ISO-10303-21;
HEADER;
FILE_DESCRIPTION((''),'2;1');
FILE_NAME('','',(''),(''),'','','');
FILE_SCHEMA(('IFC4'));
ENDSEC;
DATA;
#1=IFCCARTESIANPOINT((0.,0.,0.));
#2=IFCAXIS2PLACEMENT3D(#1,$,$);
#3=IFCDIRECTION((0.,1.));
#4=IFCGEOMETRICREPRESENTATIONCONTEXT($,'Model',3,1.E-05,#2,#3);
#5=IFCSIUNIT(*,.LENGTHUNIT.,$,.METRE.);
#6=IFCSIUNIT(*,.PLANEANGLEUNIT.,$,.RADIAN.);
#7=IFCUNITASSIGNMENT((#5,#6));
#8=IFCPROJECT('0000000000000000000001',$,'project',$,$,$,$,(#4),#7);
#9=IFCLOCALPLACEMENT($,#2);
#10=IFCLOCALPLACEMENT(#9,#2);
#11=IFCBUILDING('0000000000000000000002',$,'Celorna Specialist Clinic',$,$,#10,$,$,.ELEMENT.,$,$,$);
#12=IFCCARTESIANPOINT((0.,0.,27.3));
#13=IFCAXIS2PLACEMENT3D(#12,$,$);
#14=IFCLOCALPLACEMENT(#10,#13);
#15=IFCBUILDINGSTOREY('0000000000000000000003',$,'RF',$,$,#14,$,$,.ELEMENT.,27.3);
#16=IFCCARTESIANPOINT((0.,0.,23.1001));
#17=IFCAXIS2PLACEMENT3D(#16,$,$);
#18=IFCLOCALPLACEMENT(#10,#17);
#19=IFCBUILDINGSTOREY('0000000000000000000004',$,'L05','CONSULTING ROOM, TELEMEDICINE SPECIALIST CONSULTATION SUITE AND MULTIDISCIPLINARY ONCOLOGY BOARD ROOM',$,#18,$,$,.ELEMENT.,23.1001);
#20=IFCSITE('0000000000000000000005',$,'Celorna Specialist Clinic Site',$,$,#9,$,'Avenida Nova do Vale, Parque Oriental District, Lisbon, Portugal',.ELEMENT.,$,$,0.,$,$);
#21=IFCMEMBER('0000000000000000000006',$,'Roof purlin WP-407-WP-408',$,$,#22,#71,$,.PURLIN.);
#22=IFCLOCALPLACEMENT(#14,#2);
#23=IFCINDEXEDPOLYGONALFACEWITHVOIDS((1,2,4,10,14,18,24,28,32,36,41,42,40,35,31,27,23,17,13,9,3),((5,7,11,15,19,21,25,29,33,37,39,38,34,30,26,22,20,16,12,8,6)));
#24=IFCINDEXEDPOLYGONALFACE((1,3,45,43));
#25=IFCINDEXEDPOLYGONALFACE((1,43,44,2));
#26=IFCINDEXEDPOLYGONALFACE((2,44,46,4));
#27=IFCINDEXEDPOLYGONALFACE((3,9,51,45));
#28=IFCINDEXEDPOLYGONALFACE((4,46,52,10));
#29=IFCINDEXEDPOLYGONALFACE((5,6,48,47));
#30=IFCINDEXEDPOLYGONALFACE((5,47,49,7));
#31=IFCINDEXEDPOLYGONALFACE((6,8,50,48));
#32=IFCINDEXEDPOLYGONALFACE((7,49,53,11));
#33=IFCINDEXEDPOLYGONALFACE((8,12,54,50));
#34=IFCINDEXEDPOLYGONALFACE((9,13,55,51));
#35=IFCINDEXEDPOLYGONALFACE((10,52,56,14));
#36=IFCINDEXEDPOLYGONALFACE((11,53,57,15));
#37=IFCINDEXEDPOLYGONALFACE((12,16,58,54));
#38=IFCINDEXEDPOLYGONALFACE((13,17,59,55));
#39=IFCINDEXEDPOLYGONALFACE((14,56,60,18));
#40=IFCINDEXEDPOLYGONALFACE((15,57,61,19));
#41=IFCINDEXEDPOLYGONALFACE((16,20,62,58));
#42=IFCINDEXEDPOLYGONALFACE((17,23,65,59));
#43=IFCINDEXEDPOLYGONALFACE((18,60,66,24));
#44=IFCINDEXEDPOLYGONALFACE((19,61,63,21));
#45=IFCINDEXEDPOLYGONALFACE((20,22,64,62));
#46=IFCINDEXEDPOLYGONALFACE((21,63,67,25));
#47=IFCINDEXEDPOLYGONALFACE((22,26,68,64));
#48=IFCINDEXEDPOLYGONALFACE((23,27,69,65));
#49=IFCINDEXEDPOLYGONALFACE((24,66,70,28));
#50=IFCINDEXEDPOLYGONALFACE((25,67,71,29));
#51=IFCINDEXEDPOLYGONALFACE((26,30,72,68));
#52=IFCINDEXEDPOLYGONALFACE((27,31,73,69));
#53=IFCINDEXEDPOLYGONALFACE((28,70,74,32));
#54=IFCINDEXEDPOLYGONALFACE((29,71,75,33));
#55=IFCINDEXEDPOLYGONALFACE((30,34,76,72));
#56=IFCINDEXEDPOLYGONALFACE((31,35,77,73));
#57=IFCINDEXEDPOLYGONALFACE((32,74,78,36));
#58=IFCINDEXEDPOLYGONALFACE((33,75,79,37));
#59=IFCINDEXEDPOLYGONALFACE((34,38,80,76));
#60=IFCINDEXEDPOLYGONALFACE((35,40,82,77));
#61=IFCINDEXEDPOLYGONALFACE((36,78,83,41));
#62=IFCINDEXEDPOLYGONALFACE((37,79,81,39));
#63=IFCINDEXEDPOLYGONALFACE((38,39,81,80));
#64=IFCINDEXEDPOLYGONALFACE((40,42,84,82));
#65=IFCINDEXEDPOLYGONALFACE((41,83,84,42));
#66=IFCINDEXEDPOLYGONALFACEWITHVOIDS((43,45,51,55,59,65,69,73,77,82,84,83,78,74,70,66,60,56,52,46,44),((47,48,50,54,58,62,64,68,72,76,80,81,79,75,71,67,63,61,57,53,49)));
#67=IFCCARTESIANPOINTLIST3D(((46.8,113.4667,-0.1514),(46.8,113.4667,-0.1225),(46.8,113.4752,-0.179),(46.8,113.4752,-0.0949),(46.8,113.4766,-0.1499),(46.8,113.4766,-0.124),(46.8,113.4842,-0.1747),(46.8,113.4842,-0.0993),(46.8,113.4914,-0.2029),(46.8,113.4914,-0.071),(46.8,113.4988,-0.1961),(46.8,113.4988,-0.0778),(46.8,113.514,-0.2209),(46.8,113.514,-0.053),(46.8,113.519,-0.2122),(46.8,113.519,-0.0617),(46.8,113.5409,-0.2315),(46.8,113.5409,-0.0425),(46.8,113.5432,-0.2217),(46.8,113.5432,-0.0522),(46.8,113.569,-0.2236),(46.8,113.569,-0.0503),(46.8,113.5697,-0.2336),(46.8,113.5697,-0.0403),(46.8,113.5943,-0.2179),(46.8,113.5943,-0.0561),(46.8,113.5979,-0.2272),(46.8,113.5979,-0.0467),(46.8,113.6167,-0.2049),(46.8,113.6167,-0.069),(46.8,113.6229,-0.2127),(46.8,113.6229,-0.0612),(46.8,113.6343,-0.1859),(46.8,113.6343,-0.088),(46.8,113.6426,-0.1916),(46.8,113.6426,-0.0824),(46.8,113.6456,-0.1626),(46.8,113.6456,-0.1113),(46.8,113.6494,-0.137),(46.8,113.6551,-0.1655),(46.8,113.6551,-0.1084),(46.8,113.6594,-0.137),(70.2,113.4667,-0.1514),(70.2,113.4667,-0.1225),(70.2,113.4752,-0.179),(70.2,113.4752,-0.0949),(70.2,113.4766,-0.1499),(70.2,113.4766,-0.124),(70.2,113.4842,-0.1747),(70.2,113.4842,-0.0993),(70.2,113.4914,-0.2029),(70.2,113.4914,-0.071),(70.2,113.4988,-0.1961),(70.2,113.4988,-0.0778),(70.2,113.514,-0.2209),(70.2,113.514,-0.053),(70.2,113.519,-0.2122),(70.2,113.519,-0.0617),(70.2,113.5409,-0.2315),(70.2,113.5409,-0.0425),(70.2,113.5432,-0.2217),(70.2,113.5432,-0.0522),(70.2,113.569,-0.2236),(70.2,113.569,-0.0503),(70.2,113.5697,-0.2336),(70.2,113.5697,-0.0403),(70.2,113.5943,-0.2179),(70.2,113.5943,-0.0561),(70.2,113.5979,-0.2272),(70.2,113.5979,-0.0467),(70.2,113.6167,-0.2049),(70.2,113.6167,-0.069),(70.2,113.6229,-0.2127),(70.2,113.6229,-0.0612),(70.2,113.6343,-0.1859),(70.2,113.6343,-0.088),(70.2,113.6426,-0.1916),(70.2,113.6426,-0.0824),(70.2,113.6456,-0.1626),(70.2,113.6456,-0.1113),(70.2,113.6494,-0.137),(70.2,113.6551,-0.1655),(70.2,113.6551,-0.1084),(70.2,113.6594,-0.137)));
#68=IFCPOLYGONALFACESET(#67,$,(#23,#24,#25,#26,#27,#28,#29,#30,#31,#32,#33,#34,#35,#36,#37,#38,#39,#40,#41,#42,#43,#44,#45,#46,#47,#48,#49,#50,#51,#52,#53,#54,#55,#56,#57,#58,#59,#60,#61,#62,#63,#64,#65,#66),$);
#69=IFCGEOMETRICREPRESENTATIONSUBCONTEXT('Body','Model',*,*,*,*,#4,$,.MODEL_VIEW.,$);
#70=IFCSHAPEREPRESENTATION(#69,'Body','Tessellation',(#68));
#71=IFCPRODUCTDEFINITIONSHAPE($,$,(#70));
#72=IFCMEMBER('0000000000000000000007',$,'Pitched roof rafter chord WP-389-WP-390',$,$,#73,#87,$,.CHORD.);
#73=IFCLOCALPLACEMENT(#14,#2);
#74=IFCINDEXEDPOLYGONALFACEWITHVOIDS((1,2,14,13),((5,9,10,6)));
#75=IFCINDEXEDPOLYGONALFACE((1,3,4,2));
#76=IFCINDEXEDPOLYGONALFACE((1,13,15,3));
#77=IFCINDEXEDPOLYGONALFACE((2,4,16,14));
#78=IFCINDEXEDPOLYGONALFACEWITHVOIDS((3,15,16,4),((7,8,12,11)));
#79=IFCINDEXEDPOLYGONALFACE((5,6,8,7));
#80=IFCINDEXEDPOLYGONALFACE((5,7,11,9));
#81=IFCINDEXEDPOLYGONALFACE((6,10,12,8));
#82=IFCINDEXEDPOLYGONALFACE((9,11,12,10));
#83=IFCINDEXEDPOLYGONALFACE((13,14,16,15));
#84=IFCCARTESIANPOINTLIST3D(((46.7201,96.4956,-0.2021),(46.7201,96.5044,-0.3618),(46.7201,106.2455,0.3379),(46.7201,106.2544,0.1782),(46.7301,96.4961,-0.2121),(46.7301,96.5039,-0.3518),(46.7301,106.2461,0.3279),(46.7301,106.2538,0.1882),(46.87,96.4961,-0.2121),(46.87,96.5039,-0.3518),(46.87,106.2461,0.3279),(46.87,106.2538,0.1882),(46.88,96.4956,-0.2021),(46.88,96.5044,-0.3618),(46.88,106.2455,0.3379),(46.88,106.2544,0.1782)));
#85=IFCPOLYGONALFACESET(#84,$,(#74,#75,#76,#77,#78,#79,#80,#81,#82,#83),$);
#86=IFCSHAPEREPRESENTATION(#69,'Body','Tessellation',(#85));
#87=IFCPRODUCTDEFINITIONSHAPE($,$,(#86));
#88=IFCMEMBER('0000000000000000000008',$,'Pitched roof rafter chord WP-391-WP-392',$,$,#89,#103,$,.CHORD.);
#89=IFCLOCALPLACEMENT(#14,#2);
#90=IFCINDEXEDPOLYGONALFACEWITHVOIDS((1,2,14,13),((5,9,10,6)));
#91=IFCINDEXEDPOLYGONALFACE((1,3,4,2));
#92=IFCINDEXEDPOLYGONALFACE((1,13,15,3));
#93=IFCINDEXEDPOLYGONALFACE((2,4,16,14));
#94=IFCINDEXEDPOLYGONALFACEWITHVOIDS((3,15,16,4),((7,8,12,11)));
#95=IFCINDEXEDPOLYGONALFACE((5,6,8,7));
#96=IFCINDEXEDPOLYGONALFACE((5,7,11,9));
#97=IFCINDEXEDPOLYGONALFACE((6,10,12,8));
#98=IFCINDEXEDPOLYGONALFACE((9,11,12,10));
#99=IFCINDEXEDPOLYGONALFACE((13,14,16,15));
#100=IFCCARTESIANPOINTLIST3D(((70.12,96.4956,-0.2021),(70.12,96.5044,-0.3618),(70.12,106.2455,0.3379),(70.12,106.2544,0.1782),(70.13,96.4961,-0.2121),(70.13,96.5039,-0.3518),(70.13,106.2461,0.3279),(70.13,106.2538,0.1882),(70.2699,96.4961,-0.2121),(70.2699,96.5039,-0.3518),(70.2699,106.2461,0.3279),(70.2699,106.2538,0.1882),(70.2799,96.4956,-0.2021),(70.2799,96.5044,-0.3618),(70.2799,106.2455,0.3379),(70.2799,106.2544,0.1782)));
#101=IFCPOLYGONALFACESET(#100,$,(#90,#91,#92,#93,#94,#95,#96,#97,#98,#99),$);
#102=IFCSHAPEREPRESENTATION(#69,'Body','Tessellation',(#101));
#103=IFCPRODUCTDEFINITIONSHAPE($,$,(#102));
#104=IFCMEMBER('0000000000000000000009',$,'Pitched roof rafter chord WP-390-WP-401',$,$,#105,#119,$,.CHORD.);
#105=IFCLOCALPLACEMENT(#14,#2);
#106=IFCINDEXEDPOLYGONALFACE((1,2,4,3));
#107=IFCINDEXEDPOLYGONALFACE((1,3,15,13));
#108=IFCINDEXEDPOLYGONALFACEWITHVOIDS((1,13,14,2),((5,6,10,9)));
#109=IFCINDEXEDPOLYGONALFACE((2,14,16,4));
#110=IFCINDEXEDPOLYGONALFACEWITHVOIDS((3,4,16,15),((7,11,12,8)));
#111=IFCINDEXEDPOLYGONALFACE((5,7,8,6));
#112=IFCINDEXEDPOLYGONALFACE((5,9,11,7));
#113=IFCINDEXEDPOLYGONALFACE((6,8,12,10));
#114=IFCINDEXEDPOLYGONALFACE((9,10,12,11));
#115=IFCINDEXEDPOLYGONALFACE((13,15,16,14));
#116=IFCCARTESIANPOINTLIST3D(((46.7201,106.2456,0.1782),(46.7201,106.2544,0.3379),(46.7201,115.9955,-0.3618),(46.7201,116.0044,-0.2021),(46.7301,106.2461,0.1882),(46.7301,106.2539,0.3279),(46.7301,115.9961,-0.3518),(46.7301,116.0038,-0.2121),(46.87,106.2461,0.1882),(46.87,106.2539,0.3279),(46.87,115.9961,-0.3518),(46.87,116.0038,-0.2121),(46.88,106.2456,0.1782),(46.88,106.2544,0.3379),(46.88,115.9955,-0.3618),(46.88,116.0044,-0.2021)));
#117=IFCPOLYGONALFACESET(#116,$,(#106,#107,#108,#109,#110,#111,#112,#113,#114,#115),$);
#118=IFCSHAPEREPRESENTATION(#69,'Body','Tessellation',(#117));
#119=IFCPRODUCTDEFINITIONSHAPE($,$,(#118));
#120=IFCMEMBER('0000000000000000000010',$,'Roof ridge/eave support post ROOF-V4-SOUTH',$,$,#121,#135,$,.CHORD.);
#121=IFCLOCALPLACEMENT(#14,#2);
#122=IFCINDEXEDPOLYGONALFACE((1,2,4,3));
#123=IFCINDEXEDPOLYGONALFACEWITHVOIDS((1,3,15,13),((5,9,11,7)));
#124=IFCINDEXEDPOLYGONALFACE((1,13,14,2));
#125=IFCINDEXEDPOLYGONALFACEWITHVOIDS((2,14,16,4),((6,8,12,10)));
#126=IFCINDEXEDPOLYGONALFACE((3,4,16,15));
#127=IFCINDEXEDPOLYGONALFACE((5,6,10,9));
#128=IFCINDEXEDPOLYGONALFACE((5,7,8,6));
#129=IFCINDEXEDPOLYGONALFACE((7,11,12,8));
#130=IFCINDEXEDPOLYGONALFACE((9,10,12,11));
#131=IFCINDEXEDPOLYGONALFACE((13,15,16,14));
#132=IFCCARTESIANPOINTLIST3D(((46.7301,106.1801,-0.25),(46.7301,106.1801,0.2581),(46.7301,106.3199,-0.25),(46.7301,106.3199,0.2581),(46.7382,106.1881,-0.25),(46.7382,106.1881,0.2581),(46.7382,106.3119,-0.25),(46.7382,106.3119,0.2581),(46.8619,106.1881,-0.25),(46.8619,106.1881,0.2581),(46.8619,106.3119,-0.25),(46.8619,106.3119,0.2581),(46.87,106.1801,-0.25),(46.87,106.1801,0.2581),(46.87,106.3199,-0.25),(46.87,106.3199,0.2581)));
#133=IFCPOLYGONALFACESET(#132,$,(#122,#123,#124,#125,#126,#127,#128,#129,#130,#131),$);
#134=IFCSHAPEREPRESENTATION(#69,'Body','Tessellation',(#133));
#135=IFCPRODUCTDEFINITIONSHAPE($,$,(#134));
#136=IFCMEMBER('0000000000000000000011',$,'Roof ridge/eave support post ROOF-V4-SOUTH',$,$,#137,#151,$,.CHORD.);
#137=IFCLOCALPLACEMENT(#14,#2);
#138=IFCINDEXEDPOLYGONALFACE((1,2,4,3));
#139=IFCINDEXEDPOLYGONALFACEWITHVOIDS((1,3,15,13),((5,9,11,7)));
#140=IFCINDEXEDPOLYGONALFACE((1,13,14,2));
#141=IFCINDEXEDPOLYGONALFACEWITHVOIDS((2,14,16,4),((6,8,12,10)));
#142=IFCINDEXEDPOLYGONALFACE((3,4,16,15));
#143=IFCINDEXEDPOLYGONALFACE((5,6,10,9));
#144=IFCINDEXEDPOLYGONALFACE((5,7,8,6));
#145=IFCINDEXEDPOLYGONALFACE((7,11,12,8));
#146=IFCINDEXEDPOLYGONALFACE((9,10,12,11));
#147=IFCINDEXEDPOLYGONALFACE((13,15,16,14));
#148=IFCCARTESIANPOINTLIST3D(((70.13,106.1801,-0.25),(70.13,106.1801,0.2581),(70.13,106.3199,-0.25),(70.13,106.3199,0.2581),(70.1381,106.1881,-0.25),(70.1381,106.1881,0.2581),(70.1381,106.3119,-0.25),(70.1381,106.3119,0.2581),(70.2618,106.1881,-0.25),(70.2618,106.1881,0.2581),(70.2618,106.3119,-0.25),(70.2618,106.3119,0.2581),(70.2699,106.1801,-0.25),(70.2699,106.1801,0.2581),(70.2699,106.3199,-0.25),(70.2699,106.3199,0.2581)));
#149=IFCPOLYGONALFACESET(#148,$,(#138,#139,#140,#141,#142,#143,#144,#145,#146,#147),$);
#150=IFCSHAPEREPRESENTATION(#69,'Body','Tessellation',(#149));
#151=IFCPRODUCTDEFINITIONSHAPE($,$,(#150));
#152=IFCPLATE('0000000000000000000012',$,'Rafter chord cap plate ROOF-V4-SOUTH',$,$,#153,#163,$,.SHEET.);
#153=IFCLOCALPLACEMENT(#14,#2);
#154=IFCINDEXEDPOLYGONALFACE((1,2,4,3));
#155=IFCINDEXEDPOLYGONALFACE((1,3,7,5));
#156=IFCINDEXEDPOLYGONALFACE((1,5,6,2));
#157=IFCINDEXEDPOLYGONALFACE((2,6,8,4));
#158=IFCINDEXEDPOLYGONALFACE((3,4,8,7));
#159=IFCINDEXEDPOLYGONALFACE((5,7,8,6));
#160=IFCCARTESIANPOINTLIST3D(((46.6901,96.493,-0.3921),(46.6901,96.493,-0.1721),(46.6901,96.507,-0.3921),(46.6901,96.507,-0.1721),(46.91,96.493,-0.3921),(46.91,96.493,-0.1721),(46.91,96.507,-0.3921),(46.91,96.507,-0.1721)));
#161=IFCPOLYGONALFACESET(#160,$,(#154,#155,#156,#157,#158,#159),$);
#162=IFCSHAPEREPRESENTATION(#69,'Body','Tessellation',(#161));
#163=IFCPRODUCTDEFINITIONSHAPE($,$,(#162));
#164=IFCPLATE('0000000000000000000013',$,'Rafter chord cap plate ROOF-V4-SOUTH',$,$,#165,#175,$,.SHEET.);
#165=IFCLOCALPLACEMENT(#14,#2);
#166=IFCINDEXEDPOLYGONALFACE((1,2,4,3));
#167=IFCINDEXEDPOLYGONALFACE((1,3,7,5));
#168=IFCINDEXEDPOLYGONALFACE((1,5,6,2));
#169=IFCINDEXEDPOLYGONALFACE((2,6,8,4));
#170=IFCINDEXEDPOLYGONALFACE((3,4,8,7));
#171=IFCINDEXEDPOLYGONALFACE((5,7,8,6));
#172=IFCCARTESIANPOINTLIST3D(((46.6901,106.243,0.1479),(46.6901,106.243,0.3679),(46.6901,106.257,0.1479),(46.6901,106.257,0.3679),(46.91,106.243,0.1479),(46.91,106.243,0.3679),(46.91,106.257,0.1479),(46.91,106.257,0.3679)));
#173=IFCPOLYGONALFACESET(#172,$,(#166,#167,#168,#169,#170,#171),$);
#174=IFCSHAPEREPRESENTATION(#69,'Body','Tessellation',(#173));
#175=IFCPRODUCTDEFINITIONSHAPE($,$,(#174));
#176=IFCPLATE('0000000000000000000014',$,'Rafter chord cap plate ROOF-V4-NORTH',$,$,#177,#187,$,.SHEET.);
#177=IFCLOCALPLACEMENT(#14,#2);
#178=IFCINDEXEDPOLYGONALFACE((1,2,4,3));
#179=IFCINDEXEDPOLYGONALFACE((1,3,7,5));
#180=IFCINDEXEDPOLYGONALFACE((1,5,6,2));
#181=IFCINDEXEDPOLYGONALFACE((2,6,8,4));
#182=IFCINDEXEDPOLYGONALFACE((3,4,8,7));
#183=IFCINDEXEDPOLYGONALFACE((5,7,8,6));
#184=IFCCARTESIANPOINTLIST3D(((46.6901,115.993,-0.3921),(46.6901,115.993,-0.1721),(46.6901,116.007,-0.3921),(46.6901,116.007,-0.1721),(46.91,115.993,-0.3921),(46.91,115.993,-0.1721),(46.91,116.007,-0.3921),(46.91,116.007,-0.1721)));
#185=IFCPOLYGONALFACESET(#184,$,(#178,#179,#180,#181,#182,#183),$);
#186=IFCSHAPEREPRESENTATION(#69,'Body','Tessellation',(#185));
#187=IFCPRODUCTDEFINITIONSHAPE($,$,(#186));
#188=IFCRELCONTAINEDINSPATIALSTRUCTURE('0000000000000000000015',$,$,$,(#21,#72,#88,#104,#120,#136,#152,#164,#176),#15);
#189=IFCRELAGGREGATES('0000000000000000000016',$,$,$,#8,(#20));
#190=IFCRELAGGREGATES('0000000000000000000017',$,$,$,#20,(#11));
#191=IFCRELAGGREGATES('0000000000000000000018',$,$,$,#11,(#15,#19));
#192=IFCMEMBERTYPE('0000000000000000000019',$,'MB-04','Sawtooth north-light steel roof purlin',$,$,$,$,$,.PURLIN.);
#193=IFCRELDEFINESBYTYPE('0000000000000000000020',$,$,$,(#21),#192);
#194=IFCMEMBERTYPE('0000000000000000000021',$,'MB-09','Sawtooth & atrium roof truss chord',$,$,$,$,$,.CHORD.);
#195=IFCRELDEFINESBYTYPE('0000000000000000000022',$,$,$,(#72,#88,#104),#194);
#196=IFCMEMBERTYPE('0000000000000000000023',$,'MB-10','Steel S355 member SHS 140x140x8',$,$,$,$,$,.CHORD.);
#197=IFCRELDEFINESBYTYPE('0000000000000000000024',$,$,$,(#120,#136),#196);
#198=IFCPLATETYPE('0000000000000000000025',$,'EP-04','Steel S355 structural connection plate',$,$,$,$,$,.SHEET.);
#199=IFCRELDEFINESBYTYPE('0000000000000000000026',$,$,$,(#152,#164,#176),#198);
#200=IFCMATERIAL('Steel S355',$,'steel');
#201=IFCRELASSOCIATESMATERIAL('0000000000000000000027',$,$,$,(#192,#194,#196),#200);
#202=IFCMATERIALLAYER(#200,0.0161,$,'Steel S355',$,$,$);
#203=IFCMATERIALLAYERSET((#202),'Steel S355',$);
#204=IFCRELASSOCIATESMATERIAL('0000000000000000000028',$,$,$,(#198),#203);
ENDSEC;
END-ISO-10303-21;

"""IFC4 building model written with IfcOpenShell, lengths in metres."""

from ifc_helpers import new_model, si_unit, direction, frame, origin, origin_2d, place, context, subcontext, project, spatial, rectangle, hollow_rectangle, hollow_circle, extrude, material, layer, layer_set, material_profile, profile_set, type_object, element, save


model = new_model("IFC4")

# Units and contexts
model_context = context("Model", 3, precision=1e-05, world=origin(), true_north=direction((0.0, 1.0)))
body_context = subcontext(model_context, "Body", "Model", "MODEL_VIEW")
ifc_project = project(units=[si_unit("LENGTHUNIT", "METRE"), si_unit("PLANEANGLEUNIT", "RADIAN")], contexts=[model_context])

# Site, building, storey
site_placement = place(None, origin())
site = spatial("IfcSite", under=ifc_project, at=site_placement, Name="Celorna Specialist Clinic Site", LongName="Avenida Nova do Vale, Parque Oriental District, Lisbon, Portugal", CompositionType="ELEMENT", RefElevation=0.0)
building_placement = place(site_placement, origin())
building = spatial("IfcBuilding", under=site, at=building_placement, Name="Celorna Specialist Clinic", CompositionType="ELEMENT")
storey_1_placement = place(building_placement, frame((0.0, 0.0, 27.3)))
storey_1 = spatial("IfcBuildingStorey", under=building, at=storey_1_placement, Name="RF", CompositionType="ELEMENT", Elevation=27.3)

# Shared definitions
ifc_material_1 = material(Name="Steel S355", Category="steel")

# Members
ifc_material_profile_1 = material_profile(ifc_material_1, hollow_circle(Radius=0.0969, WallThickness=0.01, at=origin_2d()), Name="CHS 193.7x10")
ifc_profile_set_1 = profile_set([ifc_material_profile_1], Name="Steel S355")
member_type_1 = type_object("IfcMemberType", Name="MB-04", Description="Sawtooth north-light steel roof purlin", PredefinedType="PURLIN", material=ifc_profile_set_1)
for number, where, z_axis, x_axis, name in (
    (1, (46.8, 113.5625, -0.137), (1.0, 0.0, 0.0), (0.0, 1.0, 0.0), "Roof purlin WP-407-WP-408"),
):
    element("IfcMember", number, at=place(storey_1_placement, frame(where, z_axis=z_axis, x_axis=x_axis)), inside=storey_1, type_object=member_type_1, Name=name, PredefinedType="PURLIN", context=body_context, shape_type="SweptSolid", body=[
        extrude(hollow_circle(Radius=0.0969, WallThickness=0.01, at=origin_2d()), origin(), (0.0, 0.0, 1.0), 23.3999),
    ])
ifc_material_profile_2 = material_profile(ifc_material_1, hollow_rectangle(XDim=0.1599, YDim=0.1599, WallThickness=0.01, at=origin_2d()), Name="SHS 160x160x10")
ifc_profile_set_2 = profile_set([ifc_material_profile_2], Name="Steel S355")
member_type_2 = type_object("IfcMemberType", Name="MB-09", Description="Sawtooth & atrium roof truss chord", PredefinedType="CHORD", material=ifc_profile_set_2)
for number, where, z_axis, x_axis, name in (
    (2, (46.8, 96.5, -0.282), (0.0, 0.99847, 0.055304), (-1.0, 0.0, 0.0), "Pitched roof rafter chord WP-389-WP-390"),
    (3, (70.2, 96.5, -0.282), (0.0, 0.99847, 0.055304), (-1.0, 0.0, 0.0), "Pitched roof rafter chord WP-391-WP-392"),
    (4, (46.8, 106.25, 0.2581), (0.0, 0.99847, -0.055304), (-1.0, 0.0, 0.0), "Pitched roof rafter chord WP-390-WP-401"),
):
    element("IfcMember", number, at=place(storey_1_placement, frame(where, z_axis=z_axis, x_axis=x_axis)), inside=storey_1, type_object=member_type_2, Name=name, PredefinedType="CHORD", context=body_context, shape_type="SweptSolid", body=[
        extrude(hollow_rectangle(XDim=0.1599, YDim=0.1599, WallThickness=0.01, at=origin_2d()), origin(), (0.0, 0.0, 1.0), 9.7649),
    ])
ifc_material_profile_3 = material_profile(ifc_material_1, hollow_rectangle(XDim=0.1399, YDim=0.1399, WallThickness=0.0081, at=origin_2d()), Name="SHS 140x140x8")
ifc_profile_set_3 = profile_set([ifc_material_profile_3], Name="Steel S355")
member_type_3 = type_object("IfcMemberType", Name="MB-10", Description="Steel S355 member SHS 140x140x8", PredefinedType="CHORD", material=ifc_profile_set_3)
for number, where, z_axis, x_axis, name in (
    (5, (46.8, 106.25, -0.25), (0.0, 0.0, 1.0), (1.0, 0.0, 0.0), "Roof ridge/eave support post ROOF-V4-SOUTH"),
    (6, (70.2, 106.25, -0.25), (0.0, 0.0, 1.0), (1.0, 0.0, 0.0), "Roof ridge/eave support post ROOF-V4-SOUTH"),
):
    element("IfcMember", number, at=place(storey_1_placement, frame(where, z_axis=z_axis, x_axis=x_axis)), inside=storey_1, type_object=member_type_3, Name=name, PredefinedType="CHORD", context=body_context, shape_type="SweptSolid", body=[
        extrude(hollow_rectangle(XDim=0.1399, YDim=0.1399, WallThickness=0.0081, at=origin_2d()), origin(), (0.0, 0.0, 1.0), 0.5081),
    ])

# Plates
ifc_layer_1 = layer(ifc_material_1, 0.0161, Name="Steel S355")
ifc_layer_set_1 = layer_set([ifc_layer_1], Name="Steel S355")
plate_type = type_object("IfcPlateType", Name="EP-04", Description="Steel S355 structural connection plate", PredefinedType="SHEET", material=ifc_layer_set_1)
for number, where, z_axis, x_axis, name in (
    (7, (46.8, 96.5, -0.3921), (0.0, 0.0, 1.0), (1.0, 0.0, 0.0), "Rafter chord cap plate ROOF-V4-SOUTH"),
    (8, (46.8, 106.25, 0.1479), (0.0, 0.0, 1.0), (1.0, 0.0, 0.0), "Rafter chord cap plate ROOF-V4-SOUTH"),
    (9, (46.8, 116.0, -0.3921), (0.0, 0.0, 1.0), (1.0, 0.0, 0.0), "Rafter chord cap plate ROOF-V4-NORTH"),
):
    element("IfcPlate", number, at=place(storey_1_placement, frame(where, z_axis=z_axis, x_axis=x_axis)), inside=storey_1, type_object=plate_type, Name=name, PredefinedType="SHEET", context=body_context, shape_type="SweptSolid", body=[
        extrude(rectangle(XDim=0.22, YDim=0.0139, at=origin_2d()), origin(), (0.0, 0.0, 1.0), 0.22),
    ])

# Shared definitions
storey_2_placement = place(building_placement, frame((0.0, 0.0, 23.1001)))
storey_2 = spatial("IfcBuildingStorey", under=building, at=storey_2_placement, Name="L05", Description="CONSULTING ROOM, TELEMEDICINE SPECIALIST CONSULTATION SUITE AND MULTIDISCIPLINARY ONCOLOGY BOARD ROOM", CompositionType="ELEMENT", Elevation=23.1001)

save(model, "model.ifc")
